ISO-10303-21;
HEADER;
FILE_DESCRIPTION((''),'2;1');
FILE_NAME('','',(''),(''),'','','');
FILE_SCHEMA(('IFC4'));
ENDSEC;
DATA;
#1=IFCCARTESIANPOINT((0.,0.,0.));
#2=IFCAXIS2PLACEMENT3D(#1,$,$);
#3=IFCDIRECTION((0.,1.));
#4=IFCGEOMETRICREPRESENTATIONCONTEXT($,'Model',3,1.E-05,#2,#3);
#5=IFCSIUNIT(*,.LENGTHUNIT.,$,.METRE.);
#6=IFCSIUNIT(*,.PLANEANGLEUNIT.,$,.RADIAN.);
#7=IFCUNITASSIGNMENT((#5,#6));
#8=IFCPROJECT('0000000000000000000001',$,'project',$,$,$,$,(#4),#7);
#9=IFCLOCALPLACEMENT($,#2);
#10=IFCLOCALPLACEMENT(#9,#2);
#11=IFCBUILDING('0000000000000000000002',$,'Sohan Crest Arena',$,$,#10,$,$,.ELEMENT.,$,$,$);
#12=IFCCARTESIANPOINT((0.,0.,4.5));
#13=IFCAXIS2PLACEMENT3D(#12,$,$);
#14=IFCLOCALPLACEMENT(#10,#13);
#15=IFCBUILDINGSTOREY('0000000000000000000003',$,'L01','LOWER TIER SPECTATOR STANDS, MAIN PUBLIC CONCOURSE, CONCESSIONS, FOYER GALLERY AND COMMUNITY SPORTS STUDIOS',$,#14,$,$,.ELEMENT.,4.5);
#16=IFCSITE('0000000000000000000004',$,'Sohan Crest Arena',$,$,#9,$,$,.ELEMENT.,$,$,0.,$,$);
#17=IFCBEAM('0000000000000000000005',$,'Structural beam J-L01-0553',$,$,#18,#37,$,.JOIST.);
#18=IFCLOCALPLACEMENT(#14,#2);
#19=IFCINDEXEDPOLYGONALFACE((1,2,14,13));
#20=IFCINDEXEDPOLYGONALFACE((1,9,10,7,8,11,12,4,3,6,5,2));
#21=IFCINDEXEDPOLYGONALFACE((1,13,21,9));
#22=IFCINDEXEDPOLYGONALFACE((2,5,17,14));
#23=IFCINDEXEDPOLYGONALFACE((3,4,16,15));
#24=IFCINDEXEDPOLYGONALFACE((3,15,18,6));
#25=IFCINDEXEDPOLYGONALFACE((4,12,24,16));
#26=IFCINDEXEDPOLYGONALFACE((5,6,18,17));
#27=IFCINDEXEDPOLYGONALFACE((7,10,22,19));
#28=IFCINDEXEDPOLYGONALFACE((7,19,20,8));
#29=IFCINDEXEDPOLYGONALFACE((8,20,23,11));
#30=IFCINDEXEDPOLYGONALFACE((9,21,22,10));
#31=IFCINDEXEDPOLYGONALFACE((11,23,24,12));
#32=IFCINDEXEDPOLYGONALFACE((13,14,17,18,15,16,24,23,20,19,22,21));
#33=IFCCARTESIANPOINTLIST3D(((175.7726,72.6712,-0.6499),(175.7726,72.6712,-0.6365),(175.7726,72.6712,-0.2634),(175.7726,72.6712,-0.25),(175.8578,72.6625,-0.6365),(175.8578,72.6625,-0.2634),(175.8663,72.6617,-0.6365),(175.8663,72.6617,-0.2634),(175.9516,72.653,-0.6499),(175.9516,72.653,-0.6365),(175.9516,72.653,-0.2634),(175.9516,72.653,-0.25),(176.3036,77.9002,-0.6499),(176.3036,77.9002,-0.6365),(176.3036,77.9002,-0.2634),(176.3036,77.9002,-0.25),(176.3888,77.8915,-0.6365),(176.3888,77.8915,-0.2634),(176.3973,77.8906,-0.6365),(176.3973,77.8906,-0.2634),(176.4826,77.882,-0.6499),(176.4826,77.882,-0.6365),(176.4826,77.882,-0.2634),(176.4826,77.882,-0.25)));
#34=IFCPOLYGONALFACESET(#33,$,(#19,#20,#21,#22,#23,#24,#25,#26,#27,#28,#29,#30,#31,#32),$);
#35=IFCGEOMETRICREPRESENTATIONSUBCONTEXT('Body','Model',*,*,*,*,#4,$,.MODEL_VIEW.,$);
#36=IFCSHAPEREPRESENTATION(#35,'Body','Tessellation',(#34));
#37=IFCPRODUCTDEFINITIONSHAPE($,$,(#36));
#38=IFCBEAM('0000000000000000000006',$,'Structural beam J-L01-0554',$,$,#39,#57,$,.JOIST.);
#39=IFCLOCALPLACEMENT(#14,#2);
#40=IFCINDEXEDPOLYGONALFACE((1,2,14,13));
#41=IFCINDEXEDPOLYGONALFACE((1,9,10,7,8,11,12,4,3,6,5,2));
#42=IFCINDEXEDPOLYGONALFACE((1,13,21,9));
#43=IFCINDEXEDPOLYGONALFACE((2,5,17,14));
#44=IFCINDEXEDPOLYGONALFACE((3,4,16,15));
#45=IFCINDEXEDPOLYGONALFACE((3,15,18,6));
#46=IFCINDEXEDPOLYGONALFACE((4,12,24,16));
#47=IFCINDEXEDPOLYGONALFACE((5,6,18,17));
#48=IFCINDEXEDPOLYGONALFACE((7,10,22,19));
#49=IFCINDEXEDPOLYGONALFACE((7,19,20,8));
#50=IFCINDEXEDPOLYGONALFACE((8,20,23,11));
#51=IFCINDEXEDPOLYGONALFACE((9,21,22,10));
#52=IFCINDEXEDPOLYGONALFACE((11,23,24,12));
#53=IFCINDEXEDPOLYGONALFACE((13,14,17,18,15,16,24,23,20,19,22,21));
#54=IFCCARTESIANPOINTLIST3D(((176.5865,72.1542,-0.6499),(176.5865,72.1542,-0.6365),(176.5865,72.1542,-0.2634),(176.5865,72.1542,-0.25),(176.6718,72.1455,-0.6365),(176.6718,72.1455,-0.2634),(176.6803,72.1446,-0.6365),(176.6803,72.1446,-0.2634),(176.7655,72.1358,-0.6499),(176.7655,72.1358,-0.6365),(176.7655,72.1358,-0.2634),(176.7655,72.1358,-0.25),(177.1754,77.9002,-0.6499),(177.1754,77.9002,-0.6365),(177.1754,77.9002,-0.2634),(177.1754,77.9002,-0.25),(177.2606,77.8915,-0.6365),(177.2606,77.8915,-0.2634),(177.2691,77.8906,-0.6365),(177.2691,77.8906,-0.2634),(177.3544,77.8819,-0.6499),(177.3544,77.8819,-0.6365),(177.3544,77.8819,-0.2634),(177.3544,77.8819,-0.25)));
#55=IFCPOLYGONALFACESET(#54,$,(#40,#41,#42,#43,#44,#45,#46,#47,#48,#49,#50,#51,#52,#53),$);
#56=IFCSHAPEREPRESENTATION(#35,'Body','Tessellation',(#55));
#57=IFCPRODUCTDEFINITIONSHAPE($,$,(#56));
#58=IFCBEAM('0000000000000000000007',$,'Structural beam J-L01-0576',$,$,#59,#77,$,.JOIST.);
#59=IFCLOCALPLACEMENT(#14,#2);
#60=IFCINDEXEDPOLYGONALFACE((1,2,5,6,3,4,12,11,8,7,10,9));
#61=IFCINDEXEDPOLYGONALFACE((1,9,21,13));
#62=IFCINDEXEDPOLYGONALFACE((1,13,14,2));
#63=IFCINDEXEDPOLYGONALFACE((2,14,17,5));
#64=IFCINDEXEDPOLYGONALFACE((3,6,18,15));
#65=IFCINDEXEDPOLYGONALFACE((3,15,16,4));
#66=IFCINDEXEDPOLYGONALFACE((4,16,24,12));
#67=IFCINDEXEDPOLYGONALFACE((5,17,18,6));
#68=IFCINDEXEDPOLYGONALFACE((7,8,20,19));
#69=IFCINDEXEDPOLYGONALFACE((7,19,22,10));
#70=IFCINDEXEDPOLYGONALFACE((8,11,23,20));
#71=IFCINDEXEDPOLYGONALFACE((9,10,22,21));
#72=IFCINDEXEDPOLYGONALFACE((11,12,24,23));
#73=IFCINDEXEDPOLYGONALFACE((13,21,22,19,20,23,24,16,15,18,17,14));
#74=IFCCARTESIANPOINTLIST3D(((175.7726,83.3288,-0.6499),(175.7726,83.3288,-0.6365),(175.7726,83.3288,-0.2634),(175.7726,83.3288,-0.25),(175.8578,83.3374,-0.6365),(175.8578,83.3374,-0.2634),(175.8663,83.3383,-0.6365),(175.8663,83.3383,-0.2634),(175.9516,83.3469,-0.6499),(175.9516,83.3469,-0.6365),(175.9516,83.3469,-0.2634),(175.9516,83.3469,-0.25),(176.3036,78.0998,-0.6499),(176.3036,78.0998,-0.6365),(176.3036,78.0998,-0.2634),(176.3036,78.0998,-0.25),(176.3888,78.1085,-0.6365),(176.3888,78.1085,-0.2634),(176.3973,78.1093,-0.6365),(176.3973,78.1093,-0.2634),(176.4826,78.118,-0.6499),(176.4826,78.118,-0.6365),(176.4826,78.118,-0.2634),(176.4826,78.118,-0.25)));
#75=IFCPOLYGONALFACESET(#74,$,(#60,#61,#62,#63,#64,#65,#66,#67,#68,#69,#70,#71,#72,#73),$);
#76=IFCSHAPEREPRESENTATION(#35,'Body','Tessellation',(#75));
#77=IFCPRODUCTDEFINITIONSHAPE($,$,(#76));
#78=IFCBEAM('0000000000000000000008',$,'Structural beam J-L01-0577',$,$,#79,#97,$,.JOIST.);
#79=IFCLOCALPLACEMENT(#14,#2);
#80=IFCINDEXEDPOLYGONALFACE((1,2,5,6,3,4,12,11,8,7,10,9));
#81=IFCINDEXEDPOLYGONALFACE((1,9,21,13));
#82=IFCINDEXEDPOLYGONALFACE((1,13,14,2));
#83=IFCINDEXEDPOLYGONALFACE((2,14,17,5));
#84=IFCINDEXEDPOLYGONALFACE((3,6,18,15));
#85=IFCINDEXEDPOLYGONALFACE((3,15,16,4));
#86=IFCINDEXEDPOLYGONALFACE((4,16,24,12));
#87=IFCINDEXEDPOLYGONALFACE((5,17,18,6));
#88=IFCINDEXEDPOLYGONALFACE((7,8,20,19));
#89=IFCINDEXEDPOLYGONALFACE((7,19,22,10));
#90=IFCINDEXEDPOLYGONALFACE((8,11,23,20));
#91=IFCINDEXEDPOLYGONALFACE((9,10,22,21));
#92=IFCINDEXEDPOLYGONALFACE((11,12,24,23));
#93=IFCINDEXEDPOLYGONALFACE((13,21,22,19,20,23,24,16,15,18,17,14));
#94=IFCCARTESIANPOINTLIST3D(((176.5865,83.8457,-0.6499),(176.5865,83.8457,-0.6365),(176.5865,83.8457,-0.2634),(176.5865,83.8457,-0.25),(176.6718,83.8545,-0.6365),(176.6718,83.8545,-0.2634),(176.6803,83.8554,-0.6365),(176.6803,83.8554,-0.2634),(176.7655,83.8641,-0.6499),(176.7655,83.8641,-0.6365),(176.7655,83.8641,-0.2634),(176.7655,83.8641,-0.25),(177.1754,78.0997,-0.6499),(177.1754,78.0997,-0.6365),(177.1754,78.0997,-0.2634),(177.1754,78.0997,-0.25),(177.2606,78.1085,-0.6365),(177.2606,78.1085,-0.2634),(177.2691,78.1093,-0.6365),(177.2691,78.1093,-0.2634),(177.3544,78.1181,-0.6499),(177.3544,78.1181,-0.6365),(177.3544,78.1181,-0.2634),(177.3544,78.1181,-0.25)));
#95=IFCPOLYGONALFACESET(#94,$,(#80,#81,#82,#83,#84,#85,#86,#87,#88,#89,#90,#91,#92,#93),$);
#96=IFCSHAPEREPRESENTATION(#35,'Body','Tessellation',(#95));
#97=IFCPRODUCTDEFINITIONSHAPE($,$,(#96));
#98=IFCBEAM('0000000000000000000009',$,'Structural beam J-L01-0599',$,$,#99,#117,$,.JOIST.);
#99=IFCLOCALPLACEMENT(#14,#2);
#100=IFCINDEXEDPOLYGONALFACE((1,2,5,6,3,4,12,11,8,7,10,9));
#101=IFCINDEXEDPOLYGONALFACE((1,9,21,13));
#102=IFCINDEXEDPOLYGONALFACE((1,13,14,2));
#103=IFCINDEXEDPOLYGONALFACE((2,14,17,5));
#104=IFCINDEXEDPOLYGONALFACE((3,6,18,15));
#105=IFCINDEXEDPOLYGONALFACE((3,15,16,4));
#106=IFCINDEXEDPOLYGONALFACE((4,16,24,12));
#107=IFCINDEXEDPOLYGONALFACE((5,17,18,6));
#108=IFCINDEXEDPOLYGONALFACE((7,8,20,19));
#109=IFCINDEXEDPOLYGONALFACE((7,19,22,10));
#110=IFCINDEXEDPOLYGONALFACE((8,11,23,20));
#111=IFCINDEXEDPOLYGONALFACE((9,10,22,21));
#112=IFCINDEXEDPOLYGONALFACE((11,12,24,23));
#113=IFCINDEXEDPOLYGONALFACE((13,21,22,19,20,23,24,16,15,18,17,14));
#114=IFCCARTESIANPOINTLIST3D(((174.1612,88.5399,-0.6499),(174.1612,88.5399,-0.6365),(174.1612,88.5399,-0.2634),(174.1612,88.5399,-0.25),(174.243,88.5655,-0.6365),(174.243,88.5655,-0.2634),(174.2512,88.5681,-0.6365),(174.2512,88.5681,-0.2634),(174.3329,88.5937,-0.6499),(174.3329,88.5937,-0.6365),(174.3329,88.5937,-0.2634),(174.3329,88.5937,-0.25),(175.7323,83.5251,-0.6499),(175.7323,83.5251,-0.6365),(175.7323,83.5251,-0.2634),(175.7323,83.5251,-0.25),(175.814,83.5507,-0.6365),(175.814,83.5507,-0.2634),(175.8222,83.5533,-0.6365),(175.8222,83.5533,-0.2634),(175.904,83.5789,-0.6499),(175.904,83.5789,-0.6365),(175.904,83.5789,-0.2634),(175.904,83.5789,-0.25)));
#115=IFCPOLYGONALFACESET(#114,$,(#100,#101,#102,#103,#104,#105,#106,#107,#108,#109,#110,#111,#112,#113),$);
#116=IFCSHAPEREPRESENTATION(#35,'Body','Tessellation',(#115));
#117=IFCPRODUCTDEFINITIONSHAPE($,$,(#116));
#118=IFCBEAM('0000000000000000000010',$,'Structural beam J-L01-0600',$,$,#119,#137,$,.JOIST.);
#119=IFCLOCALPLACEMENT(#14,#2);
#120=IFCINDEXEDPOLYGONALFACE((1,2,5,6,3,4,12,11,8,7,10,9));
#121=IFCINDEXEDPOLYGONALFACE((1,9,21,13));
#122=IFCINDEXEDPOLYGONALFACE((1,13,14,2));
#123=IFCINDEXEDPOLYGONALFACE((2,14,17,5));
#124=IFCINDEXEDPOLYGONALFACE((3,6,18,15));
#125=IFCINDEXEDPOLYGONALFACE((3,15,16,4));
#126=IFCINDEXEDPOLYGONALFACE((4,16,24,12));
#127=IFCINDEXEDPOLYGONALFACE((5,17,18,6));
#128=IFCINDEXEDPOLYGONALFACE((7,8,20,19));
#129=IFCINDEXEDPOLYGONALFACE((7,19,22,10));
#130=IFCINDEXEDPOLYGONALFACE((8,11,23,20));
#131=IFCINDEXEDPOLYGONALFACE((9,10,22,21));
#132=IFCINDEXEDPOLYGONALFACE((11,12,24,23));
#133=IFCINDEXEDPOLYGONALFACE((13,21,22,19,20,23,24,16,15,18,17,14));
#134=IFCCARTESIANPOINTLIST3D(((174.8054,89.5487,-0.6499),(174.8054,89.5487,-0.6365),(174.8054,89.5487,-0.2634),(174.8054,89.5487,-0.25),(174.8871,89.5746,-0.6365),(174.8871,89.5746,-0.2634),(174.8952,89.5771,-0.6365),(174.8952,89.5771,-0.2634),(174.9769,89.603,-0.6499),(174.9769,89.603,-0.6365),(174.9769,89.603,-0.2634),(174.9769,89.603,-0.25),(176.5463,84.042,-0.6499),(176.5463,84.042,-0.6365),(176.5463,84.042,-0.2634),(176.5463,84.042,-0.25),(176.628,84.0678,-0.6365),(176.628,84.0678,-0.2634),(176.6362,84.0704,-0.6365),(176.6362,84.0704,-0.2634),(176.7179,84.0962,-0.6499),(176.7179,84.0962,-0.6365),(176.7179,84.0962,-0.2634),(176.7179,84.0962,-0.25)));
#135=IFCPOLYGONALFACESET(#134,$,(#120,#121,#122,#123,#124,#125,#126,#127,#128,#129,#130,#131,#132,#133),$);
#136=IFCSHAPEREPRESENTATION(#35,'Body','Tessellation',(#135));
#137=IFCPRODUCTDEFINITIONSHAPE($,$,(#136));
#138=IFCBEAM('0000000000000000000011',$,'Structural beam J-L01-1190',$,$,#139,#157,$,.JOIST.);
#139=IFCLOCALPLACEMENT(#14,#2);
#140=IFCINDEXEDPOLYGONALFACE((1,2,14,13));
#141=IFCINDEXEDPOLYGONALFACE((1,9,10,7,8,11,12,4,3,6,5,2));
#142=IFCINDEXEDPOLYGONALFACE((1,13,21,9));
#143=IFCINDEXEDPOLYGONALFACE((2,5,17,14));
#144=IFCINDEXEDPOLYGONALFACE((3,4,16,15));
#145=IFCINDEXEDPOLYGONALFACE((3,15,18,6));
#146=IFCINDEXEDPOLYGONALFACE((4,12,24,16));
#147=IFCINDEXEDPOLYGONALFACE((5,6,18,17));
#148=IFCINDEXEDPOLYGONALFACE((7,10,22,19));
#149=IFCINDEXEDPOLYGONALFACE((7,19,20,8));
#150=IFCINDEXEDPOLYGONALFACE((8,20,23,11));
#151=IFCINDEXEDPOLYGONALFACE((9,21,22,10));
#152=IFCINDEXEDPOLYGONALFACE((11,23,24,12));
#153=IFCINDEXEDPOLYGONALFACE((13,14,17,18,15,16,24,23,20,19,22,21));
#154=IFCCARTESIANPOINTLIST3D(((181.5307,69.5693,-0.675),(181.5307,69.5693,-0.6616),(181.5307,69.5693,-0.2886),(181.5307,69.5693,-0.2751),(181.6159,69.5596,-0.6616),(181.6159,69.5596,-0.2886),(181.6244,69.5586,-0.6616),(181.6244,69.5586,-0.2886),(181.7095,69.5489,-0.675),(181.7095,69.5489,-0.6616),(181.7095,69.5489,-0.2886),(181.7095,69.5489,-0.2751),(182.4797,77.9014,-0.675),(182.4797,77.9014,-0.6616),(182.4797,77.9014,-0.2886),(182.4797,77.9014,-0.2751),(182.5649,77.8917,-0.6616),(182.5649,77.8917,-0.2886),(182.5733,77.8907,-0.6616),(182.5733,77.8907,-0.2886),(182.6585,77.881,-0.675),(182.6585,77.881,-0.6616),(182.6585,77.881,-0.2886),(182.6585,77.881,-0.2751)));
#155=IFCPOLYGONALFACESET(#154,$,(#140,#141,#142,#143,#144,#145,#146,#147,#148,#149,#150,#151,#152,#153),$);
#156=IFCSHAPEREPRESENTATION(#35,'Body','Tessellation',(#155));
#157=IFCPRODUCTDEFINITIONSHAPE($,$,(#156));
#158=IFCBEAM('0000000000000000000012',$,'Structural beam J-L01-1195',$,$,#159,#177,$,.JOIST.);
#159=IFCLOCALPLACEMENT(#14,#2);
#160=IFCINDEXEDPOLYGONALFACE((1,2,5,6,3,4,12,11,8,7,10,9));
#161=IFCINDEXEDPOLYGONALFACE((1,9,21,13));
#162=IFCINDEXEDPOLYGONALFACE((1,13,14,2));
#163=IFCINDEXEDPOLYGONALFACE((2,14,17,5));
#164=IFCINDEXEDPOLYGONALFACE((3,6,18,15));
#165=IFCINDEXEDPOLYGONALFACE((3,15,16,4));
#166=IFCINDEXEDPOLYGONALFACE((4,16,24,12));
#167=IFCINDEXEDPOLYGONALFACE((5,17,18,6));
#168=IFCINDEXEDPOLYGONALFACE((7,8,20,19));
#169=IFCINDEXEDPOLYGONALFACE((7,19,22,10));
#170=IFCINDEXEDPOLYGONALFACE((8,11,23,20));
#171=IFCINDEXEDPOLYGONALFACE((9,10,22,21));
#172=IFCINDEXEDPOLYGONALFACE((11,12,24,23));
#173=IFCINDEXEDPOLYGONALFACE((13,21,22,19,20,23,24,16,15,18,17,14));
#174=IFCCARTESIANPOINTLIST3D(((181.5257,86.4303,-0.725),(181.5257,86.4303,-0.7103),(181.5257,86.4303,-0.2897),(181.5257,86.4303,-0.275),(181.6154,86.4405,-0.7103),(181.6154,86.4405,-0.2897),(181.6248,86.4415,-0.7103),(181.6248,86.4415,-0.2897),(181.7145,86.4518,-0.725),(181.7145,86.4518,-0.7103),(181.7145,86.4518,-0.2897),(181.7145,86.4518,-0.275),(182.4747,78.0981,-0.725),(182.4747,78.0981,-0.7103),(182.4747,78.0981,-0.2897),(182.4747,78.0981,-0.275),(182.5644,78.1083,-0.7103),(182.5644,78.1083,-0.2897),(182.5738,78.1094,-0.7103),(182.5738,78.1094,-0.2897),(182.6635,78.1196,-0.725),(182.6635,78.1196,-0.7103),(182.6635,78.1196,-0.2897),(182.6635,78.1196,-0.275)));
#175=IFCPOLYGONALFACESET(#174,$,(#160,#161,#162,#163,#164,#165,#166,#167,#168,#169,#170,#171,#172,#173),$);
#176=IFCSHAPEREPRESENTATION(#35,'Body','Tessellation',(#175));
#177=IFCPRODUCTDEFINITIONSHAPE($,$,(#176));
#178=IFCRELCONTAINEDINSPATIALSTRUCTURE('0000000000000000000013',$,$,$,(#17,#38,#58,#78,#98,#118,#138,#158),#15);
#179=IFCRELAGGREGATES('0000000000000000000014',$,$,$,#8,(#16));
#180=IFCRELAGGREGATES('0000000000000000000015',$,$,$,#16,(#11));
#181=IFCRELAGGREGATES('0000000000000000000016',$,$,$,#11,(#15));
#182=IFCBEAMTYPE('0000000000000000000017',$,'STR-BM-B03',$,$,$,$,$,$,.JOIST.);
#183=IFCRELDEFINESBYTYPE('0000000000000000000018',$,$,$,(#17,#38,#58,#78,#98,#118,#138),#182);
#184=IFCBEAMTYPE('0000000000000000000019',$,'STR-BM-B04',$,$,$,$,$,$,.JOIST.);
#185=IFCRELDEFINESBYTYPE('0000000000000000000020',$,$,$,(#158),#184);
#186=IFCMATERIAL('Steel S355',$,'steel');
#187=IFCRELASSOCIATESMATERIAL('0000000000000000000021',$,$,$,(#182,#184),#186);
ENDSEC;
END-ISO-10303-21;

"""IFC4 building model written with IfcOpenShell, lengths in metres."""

from ifc_helpers import new_model, si_unit, direction, frame, origin, origin_2d, place, context, subcontext, project, spatial, i_section, extrude, material, material_profile, profile_set, type_object, element, save


model = new_model("IFC4")

# Units and contexts
model_context = context("Model", 3, precision=1e-05, world=origin(), true_north=direction((0.0, 1.0)))
body_context = subcontext(model_context, "Body", "Model", "MODEL_VIEW")
ifc_project = project(units=[si_unit("LENGTHUNIT", "METRE"), si_unit("PLANEANGLEUNIT", "RADIAN")], contexts=[model_context])

# Site, building, storey
site_placement = place(None, origin())
site = spatial("IfcSite", under=ifc_project, at=site_placement, Name="Sohan Crest Arena", CompositionType="ELEMENT", RefElevation=0.0)
building_placement = place(site_placement, origin())
building = spatial("IfcBuilding", under=site, at=building_placement, Name="Sohan Crest Arena", CompositionType="ELEMENT")
storey_placement = place(building_placement, frame((0.0, 0.0, 4.5)))
storey = spatial("IfcBuildingStorey", under=building, at=storey_placement, Name="L01", Description="LOWER TIER SPECTATOR STANDS, MAIN PUBLIC CONCOURSE, CONCESSIONS, FOYER GALLERY AND COMMUNITY SPORTS STUDIOS", CompositionType="ELEMENT", Elevation=4.5)

# Shared definitions
ifc_material_1 = material(Name="Steel S355", Category="steel")

# Beams
ifc_material_profile_1 = material_profile(ifc_material_1, i_section(OverallWidth=0.1799, OverallDepth=0.3999, WebThickness=0.0085, FlangeThickness=0.0134, at=origin_2d()), Name="IPE 400")
ifc_profile_set_1 = profile_set([ifc_material_profile_1], Name="Steel S355")
beam_type_1 = type_object("IfcBeamType", Name="STR-BM-B03", PredefinedType="JOIST", material=ifc_profile_set_1)
beam_1_placement = place(storey_placement, frame((175.8621, 72.6621, -0.45), z_axis=(0.10103, 0.994883, 0.0), x_axis=(-0.994883, 0.10103, 0.0)))
element("IfcBeam", 1, at=beam_1_placement, inside=storey, type_object=beam_type_1, Name="Structural beam J-L01-0553", PredefinedType="JOIST", context=body_context, shape_type="SweptSolid", body=[
    extrude(i_section(OverallWidth=0.1799, OverallDepth=0.3999, WebThickness=0.0085, FlangeThickness=0.0134, at=origin_2d()), origin(), (0.0, 0.0, 1.0), 5.2559),
])
beam_2_placement = place(storey_placement, frame((176.676, 72.145, -0.45), z_axis=(0.101947, 0.99479, 0.0), x_axis=(-0.99479, 0.101947, 0.0)))
element("IfcBeam", 2, at=beam_2_placement, inside=storey, type_object=beam_type_1, Name="Structural beam J-L01-0554", PredefinedType="JOIST", context=body_context, shape_type="SweptSolid", body=[
    extrude(i_section(OverallWidth=0.1799, OverallDepth=0.3999, WebThickness=0.0085, FlangeThickness=0.0134, at=origin_2d()), origin(), (0.0, 0.0, 1.0), 5.7761),
])
beam_3_placement = place(storey_placement, frame((176.3931, 78.1089, -0.45), z_axis=(-0.10103, 0.994883, 0.0), x_axis=(-0.994883, -0.10103, 0.0)))
element("IfcBeam", 3, at=beam_3_placement, inside=storey, type_object=beam_type_1, Name="Structural beam J-L01-0576", PredefinedType="JOIST", context=body_context, shape_type="SweptSolid", body=[
    extrude(i_section(OverallWidth=0.1799, OverallDepth=0.3999, WebThickness=0.0085, FlangeThickness=0.0134, at=origin_2d()), origin(), (0.0, 0.0, 1.0), 5.2559),
])
beam_4_placement = place(storey_placement, frame((177.2649, 78.1089, -0.45), z_axis=(-0.101947, 0.99479, 0.0), x_axis=(-0.99479, -0.101947, 0.0)))
element("IfcBeam", 4, at=beam_4_placement, inside=storey, type_object=beam_type_1, Name="Structural beam J-L01-0577", PredefinedType="JOIST", context=body_context, shape_type="SweptSolid", body=[
    extrude(i_section(OverallWidth=0.1799, OverallDepth=0.3999, WebThickness=0.0085, FlangeThickness=0.0134, at=origin_2d()), origin(), (0.0, 0.0, 1.0), 5.7761),
])
beam_5_placement = place(storey_placement, frame((175.8181, 83.552, -0.45), z_axis=(-0.298949, 0.954269, 0.0), x_axis=(-0.954269, -0.298949, 0.0)))
element("IfcBeam", 5, at=beam_5_placement, inside=storey, type_object=beam_type_1, Name="Structural beam J-L01-0599", PredefinedType="JOIST", context=body_context, shape_type="SweptSolid", body=[
    extrude(i_section(OverallWidth=0.1799, OverallDepth=0.3999, WebThickness=0.0085, FlangeThickness=0.0134, at=origin_2d()), origin(), (0.0, 0.0, 1.0), 5.2551),
])
beam_6_placement = place(storey_placement, frame((176.6321, 84.0691, -0.45), z_axis=(-0.301441, 0.953485, 0.0), x_axis=(-0.953485, -0.301441, 0.0)))
element("IfcBeam", 6, at=beam_6_placement, inside=storey, type_object=beam_type_1, Name="Structural beam J-L01-0600", PredefinedType="JOIST", context=body_context, shape_type="SweptSolid", body=[
    extrude(i_section(OverallWidth=0.1799, OverallDepth=0.3999, WebThickness=0.0085, FlangeThickness=0.0134, at=origin_2d()), origin(), (0.0, 0.0, 1.0), 5.7754),
])
beam_7_placement = place(storey_placement, frame((181.6201, 69.5591, -0.4751), z_axis=(0.113163, 0.993576, 0.0), x_axis=(-0.993576, 0.113163, 0.0)))
element("IfcBeam", 7, at=beam_7_placement, inside=storey, type_object=beam_type_1, Name="Structural beam J-L01-1190", PredefinedType="JOIST", context=body_context, shape_type="SweptSolid", body=[
    extrude(i_section(OverallWidth=0.1799, OverallDepth=0.3999, WebThickness=0.0085, FlangeThickness=0.0134, at=origin_2d()), origin(), (0.0, 0.0, 1.0), 8.386),
])
ifc_material_profile_2 = material_profile(ifc_material_1, i_section(OverallWidth=0.1899, OverallDepth=0.45, WebThickness=0.0095, FlangeThickness=0.0146, at=origin_2d()), Name="IPE 450")
ifc_profile_set_2 = profile_set([ifc_material_profile_2], Name="Steel S355")
beam_type_2 = type_object("IfcBeamType", Name="STR-BM-B04", PredefinedType="JOIST", material=ifc_profile_set_2)
beam_8_placement = place(storey_placement, frame((182.5691, 78.1089, -0.5), z_axis=(-0.113163, 0.993576, 0.0), x_axis=(-0.993576, -0.113163, 0.0)))
element("IfcBeam", 8, at=beam_8_placement, inside=storey, type_object=beam_type_2, Name="Structural beam J-L01-1195", PredefinedType="JOIST", context=body_context, shape_type="SweptSolid", body=[
    extrude(i_section(OverallWidth=0.1899, OverallDepth=0.45, WebThickness=0.0095, FlangeThickness=0.0146, at=origin_2d()), origin(), (0.0, 0.0, 1.0), 8.386),
])

save(model, "model.ifc")
